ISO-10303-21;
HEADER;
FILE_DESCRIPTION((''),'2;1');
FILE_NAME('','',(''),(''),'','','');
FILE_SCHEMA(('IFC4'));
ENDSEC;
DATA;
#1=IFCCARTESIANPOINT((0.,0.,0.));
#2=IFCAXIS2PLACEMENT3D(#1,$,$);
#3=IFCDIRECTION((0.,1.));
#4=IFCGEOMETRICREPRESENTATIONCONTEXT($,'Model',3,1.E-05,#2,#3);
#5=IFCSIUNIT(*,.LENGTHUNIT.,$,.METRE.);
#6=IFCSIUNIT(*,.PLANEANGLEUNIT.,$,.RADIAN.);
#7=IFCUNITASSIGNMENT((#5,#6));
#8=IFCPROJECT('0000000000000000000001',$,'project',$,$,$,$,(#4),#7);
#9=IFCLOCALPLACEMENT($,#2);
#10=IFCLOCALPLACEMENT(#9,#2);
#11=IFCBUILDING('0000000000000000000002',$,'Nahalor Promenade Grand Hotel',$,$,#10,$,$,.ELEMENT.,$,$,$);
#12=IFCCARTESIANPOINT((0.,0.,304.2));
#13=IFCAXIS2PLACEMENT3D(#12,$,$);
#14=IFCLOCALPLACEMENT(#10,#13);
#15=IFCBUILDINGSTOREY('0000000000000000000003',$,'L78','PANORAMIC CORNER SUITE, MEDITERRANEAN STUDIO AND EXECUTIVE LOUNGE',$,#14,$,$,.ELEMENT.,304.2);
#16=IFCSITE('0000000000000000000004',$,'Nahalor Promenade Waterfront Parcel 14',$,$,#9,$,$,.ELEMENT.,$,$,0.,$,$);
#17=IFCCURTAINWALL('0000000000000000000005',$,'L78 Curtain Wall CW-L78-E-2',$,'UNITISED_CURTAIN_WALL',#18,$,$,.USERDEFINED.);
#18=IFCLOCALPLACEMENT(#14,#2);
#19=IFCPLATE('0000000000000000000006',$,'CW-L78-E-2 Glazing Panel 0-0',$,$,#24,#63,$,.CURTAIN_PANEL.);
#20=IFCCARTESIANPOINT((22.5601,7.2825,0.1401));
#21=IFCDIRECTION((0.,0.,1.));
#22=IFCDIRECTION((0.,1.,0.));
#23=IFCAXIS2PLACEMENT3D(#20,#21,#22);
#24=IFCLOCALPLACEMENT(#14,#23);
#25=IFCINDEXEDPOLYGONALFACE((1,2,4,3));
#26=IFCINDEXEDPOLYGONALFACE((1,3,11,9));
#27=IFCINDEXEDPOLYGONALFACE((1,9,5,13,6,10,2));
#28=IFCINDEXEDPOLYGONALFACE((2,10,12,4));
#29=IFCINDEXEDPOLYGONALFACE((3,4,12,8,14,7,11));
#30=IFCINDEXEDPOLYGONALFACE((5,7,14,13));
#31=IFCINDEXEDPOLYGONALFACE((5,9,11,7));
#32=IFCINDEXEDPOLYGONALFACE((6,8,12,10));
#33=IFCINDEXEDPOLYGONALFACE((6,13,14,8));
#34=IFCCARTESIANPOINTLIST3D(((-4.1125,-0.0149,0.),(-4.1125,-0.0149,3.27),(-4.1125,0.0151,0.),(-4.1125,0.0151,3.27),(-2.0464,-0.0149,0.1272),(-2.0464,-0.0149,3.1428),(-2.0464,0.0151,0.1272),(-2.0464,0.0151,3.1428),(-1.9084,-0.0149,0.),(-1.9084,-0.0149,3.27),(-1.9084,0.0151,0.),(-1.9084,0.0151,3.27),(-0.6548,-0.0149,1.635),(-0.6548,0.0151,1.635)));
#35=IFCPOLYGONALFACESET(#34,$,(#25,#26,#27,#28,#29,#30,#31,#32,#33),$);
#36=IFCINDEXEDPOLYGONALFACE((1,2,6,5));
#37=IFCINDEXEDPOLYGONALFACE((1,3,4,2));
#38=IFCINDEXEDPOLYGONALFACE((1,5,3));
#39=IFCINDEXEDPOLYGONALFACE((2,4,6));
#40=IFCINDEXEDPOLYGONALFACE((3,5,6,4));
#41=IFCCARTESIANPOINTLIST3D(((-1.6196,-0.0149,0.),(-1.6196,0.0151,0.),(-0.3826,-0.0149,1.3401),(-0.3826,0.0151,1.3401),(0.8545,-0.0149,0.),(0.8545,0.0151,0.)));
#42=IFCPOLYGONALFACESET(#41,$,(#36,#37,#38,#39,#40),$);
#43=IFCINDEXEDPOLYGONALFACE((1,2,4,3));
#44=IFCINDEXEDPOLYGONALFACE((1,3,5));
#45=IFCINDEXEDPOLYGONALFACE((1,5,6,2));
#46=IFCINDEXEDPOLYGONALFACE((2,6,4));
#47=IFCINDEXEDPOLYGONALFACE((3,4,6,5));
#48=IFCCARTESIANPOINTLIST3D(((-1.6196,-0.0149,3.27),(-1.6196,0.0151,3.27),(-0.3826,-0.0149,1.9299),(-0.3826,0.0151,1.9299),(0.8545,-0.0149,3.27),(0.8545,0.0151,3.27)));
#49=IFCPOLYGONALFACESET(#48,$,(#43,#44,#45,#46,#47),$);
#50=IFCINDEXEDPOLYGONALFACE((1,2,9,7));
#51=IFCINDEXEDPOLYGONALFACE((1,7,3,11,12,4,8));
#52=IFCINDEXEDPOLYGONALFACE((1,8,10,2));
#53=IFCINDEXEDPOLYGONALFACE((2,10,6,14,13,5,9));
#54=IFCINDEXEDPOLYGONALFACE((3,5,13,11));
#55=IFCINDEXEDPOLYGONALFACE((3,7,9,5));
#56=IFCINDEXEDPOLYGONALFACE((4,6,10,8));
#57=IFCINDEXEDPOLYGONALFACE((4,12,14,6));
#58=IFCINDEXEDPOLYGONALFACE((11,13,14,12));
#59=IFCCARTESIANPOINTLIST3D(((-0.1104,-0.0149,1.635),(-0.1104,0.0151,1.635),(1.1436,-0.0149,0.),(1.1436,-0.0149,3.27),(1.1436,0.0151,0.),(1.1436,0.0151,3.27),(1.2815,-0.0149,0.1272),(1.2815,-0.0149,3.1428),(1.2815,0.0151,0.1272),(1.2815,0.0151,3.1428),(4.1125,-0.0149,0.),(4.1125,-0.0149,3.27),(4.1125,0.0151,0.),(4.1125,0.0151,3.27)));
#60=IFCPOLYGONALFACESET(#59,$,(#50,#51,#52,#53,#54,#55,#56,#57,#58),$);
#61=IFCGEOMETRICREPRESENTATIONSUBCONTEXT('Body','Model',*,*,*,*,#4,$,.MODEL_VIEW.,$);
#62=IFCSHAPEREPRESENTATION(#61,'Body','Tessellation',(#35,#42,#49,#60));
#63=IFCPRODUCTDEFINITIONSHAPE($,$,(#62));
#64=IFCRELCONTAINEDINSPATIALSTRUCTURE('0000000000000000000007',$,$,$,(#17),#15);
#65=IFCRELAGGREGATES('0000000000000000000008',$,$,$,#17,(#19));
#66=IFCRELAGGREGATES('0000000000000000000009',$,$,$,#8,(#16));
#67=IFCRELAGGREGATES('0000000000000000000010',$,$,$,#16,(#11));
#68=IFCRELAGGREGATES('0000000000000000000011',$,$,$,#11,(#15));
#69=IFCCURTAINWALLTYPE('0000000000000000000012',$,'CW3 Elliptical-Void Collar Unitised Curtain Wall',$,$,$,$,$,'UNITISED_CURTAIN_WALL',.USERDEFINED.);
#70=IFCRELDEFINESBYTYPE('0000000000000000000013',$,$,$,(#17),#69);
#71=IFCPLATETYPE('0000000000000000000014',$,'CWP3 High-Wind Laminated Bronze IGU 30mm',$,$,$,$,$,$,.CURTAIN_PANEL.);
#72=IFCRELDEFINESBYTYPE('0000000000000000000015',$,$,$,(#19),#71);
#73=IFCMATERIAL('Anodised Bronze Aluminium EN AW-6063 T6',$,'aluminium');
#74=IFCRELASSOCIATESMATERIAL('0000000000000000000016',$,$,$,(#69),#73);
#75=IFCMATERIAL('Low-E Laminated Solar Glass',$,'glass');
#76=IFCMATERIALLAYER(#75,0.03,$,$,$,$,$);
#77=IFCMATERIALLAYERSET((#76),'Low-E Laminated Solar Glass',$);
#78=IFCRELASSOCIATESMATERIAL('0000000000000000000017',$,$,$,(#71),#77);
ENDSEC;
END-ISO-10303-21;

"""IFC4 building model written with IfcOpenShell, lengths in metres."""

from ifc_helpers import new_model, si_unit, direction, frame, origin, place, context, subcontext, project, spatial, polyline, outline, extrude, material, layer, layer_set, type_object, element, aggregate, save


model = new_model("IFC4")

# Units and contexts
model_context = context("Model", 3, precision=1e-05, world=origin(), true_north=direction((0.0, 1.0)))
body_context = subcontext(model_context, "Body", "Model", "MODEL_VIEW")
ifc_project = project(units=[si_unit("LENGTHUNIT", "METRE"), si_unit("PLANEANGLEUNIT", "RADIAN")], contexts=[model_context])

# Site, building, storey
site_placement = place(None, origin())
site = spatial("IfcSite", under=ifc_project, at=site_placement, Name="Nahalor Promenade Waterfront Parcel 14", CompositionType="ELEMENT", RefElevation=0.0)
building_placement = place(site_placement, origin())
building = spatial("IfcBuilding", under=site, at=building_placement, Name="Nahalor Promenade Grand Hotel", CompositionType="ELEMENT")
storey_placement = place(building_placement, frame((0.0, 0.0, 304.2)))
storey = spatial("IfcBuildingStorey", under=building, at=storey_placement, Name="L78", Description="PANORAMIC CORNER SUITE, MEDITERRANEAN STUDIO AND EXECUTIVE LOUNGE", CompositionType="ELEMENT", Elevation=304.2)

# Curtain wall
ifc_material_1 = material(Name="Anodised Bronze Aluminium EN AW-6063 T6", Category="aluminium")
curtain_wall_type = type_object("IfcCurtainWallType", Name="CW3 Elliptical-Void Collar Unitised Curtain Wall", ElementType="UNITISED_CURTAIN_WALL", PredefinedType="USERDEFINED", material=ifc_material_1)
curtain_wall_1_placement = place(storey_placement, origin())
curtain_wall_1 = element("IfcCurtainWall", 1, at=curtain_wall_1_placement, inside=storey, type_object=curtain_wall_type, Name="L78 Curtain Wall CW-L78-E-2", ObjectType="UNITISED_CURTAIN_WALL", PredefinedType="USERDEFINED")

# Plate
ifc_material_2 = material(Name="Low-E Laminated Solar Glass", Category="glass")
ifc_layer_1 = layer(ifc_material_2, 0.03)
ifc_layer_set_1 = layer_set([ifc_layer_1], Name="Low-E Laminated Solar Glass")
plate_type_1 = type_object("IfcPlateType", Name="CWP3 High-Wind Laminated Bronze IGU 30mm", PredefinedType="CURTAIN_PANEL", material=ifc_layer_set_1)
plate_1_placement = place(storey_placement, frame((22.5601, 7.2825, 0.1401), z_axis=(0.0, 0.0, 1.0), x_axis=(0.0, 1.0, 0.0)))
plate_1 = element("IfcPlate", 2, at=plate_1_placement, type_object=plate_type_1, Name="CW-L78-E-2 Glazing Panel 0-0", PredefinedType="CURTAIN_PANEL", context=body_context, shape_type="SweptSolid", body=[
    extrude(outline(polyline([(-4.1125, 3.27), (-4.1125, 0.0), (-1.9084, 0.0), (-2.0464, 0.1272), (-0.6548, 1.635), (-2.0464, 3.1428), (-1.9084, 3.27), (-4.1125, 3.27)])), frame((0.0, 0.0151, 0.0), z_axis=(0.0, -1.0, 0.0), x_axis=(1.0, 0.0, 0.0)), (0.0, 0.0, 1.0), 0.03),
    extrude(outline(polyline([(-0.3826, 1.3401), (-1.6196, 0.0), (0.8545, 0.0), (-0.3826, 1.3401)])), frame((0.0, 0.0151, 0.0), z_axis=(0.0, -1.0, 0.0), x_axis=(1.0, 0.0, 0.0)), (0.0, 0.0, 1.0), 0.03),
    extrude(outline(polyline([(-0.3826, 1.9299), (0.8545, 3.27), (-1.6196, 3.27), (-0.3826, 1.9299)])), frame((0.0, 0.0151, 0.0), z_axis=(0.0, -1.0, 0.0), x_axis=(1.0, 0.0, 0.0)), (0.0, 0.0, 1.0), 0.03),
    extrude(outline(polyline([(4.1125, 0.0), (4.1125, 3.27), (1.1436, 3.27), (1.2815, 3.1428), (-0.1104, 1.635), (1.2815, 0.1272), (1.1436, 0.0), (4.1125, 0.0)])), frame((0.0, 0.0151, 0.0), z_axis=(0.0, -1.0, 0.0), x_axis=(1.0, 0.0, 0.0)), (0.0, 0.0, 1.0), 0.03),
])
aggregate(curtain_wall_1, [plate_1])

save(model, "model.ifc")
